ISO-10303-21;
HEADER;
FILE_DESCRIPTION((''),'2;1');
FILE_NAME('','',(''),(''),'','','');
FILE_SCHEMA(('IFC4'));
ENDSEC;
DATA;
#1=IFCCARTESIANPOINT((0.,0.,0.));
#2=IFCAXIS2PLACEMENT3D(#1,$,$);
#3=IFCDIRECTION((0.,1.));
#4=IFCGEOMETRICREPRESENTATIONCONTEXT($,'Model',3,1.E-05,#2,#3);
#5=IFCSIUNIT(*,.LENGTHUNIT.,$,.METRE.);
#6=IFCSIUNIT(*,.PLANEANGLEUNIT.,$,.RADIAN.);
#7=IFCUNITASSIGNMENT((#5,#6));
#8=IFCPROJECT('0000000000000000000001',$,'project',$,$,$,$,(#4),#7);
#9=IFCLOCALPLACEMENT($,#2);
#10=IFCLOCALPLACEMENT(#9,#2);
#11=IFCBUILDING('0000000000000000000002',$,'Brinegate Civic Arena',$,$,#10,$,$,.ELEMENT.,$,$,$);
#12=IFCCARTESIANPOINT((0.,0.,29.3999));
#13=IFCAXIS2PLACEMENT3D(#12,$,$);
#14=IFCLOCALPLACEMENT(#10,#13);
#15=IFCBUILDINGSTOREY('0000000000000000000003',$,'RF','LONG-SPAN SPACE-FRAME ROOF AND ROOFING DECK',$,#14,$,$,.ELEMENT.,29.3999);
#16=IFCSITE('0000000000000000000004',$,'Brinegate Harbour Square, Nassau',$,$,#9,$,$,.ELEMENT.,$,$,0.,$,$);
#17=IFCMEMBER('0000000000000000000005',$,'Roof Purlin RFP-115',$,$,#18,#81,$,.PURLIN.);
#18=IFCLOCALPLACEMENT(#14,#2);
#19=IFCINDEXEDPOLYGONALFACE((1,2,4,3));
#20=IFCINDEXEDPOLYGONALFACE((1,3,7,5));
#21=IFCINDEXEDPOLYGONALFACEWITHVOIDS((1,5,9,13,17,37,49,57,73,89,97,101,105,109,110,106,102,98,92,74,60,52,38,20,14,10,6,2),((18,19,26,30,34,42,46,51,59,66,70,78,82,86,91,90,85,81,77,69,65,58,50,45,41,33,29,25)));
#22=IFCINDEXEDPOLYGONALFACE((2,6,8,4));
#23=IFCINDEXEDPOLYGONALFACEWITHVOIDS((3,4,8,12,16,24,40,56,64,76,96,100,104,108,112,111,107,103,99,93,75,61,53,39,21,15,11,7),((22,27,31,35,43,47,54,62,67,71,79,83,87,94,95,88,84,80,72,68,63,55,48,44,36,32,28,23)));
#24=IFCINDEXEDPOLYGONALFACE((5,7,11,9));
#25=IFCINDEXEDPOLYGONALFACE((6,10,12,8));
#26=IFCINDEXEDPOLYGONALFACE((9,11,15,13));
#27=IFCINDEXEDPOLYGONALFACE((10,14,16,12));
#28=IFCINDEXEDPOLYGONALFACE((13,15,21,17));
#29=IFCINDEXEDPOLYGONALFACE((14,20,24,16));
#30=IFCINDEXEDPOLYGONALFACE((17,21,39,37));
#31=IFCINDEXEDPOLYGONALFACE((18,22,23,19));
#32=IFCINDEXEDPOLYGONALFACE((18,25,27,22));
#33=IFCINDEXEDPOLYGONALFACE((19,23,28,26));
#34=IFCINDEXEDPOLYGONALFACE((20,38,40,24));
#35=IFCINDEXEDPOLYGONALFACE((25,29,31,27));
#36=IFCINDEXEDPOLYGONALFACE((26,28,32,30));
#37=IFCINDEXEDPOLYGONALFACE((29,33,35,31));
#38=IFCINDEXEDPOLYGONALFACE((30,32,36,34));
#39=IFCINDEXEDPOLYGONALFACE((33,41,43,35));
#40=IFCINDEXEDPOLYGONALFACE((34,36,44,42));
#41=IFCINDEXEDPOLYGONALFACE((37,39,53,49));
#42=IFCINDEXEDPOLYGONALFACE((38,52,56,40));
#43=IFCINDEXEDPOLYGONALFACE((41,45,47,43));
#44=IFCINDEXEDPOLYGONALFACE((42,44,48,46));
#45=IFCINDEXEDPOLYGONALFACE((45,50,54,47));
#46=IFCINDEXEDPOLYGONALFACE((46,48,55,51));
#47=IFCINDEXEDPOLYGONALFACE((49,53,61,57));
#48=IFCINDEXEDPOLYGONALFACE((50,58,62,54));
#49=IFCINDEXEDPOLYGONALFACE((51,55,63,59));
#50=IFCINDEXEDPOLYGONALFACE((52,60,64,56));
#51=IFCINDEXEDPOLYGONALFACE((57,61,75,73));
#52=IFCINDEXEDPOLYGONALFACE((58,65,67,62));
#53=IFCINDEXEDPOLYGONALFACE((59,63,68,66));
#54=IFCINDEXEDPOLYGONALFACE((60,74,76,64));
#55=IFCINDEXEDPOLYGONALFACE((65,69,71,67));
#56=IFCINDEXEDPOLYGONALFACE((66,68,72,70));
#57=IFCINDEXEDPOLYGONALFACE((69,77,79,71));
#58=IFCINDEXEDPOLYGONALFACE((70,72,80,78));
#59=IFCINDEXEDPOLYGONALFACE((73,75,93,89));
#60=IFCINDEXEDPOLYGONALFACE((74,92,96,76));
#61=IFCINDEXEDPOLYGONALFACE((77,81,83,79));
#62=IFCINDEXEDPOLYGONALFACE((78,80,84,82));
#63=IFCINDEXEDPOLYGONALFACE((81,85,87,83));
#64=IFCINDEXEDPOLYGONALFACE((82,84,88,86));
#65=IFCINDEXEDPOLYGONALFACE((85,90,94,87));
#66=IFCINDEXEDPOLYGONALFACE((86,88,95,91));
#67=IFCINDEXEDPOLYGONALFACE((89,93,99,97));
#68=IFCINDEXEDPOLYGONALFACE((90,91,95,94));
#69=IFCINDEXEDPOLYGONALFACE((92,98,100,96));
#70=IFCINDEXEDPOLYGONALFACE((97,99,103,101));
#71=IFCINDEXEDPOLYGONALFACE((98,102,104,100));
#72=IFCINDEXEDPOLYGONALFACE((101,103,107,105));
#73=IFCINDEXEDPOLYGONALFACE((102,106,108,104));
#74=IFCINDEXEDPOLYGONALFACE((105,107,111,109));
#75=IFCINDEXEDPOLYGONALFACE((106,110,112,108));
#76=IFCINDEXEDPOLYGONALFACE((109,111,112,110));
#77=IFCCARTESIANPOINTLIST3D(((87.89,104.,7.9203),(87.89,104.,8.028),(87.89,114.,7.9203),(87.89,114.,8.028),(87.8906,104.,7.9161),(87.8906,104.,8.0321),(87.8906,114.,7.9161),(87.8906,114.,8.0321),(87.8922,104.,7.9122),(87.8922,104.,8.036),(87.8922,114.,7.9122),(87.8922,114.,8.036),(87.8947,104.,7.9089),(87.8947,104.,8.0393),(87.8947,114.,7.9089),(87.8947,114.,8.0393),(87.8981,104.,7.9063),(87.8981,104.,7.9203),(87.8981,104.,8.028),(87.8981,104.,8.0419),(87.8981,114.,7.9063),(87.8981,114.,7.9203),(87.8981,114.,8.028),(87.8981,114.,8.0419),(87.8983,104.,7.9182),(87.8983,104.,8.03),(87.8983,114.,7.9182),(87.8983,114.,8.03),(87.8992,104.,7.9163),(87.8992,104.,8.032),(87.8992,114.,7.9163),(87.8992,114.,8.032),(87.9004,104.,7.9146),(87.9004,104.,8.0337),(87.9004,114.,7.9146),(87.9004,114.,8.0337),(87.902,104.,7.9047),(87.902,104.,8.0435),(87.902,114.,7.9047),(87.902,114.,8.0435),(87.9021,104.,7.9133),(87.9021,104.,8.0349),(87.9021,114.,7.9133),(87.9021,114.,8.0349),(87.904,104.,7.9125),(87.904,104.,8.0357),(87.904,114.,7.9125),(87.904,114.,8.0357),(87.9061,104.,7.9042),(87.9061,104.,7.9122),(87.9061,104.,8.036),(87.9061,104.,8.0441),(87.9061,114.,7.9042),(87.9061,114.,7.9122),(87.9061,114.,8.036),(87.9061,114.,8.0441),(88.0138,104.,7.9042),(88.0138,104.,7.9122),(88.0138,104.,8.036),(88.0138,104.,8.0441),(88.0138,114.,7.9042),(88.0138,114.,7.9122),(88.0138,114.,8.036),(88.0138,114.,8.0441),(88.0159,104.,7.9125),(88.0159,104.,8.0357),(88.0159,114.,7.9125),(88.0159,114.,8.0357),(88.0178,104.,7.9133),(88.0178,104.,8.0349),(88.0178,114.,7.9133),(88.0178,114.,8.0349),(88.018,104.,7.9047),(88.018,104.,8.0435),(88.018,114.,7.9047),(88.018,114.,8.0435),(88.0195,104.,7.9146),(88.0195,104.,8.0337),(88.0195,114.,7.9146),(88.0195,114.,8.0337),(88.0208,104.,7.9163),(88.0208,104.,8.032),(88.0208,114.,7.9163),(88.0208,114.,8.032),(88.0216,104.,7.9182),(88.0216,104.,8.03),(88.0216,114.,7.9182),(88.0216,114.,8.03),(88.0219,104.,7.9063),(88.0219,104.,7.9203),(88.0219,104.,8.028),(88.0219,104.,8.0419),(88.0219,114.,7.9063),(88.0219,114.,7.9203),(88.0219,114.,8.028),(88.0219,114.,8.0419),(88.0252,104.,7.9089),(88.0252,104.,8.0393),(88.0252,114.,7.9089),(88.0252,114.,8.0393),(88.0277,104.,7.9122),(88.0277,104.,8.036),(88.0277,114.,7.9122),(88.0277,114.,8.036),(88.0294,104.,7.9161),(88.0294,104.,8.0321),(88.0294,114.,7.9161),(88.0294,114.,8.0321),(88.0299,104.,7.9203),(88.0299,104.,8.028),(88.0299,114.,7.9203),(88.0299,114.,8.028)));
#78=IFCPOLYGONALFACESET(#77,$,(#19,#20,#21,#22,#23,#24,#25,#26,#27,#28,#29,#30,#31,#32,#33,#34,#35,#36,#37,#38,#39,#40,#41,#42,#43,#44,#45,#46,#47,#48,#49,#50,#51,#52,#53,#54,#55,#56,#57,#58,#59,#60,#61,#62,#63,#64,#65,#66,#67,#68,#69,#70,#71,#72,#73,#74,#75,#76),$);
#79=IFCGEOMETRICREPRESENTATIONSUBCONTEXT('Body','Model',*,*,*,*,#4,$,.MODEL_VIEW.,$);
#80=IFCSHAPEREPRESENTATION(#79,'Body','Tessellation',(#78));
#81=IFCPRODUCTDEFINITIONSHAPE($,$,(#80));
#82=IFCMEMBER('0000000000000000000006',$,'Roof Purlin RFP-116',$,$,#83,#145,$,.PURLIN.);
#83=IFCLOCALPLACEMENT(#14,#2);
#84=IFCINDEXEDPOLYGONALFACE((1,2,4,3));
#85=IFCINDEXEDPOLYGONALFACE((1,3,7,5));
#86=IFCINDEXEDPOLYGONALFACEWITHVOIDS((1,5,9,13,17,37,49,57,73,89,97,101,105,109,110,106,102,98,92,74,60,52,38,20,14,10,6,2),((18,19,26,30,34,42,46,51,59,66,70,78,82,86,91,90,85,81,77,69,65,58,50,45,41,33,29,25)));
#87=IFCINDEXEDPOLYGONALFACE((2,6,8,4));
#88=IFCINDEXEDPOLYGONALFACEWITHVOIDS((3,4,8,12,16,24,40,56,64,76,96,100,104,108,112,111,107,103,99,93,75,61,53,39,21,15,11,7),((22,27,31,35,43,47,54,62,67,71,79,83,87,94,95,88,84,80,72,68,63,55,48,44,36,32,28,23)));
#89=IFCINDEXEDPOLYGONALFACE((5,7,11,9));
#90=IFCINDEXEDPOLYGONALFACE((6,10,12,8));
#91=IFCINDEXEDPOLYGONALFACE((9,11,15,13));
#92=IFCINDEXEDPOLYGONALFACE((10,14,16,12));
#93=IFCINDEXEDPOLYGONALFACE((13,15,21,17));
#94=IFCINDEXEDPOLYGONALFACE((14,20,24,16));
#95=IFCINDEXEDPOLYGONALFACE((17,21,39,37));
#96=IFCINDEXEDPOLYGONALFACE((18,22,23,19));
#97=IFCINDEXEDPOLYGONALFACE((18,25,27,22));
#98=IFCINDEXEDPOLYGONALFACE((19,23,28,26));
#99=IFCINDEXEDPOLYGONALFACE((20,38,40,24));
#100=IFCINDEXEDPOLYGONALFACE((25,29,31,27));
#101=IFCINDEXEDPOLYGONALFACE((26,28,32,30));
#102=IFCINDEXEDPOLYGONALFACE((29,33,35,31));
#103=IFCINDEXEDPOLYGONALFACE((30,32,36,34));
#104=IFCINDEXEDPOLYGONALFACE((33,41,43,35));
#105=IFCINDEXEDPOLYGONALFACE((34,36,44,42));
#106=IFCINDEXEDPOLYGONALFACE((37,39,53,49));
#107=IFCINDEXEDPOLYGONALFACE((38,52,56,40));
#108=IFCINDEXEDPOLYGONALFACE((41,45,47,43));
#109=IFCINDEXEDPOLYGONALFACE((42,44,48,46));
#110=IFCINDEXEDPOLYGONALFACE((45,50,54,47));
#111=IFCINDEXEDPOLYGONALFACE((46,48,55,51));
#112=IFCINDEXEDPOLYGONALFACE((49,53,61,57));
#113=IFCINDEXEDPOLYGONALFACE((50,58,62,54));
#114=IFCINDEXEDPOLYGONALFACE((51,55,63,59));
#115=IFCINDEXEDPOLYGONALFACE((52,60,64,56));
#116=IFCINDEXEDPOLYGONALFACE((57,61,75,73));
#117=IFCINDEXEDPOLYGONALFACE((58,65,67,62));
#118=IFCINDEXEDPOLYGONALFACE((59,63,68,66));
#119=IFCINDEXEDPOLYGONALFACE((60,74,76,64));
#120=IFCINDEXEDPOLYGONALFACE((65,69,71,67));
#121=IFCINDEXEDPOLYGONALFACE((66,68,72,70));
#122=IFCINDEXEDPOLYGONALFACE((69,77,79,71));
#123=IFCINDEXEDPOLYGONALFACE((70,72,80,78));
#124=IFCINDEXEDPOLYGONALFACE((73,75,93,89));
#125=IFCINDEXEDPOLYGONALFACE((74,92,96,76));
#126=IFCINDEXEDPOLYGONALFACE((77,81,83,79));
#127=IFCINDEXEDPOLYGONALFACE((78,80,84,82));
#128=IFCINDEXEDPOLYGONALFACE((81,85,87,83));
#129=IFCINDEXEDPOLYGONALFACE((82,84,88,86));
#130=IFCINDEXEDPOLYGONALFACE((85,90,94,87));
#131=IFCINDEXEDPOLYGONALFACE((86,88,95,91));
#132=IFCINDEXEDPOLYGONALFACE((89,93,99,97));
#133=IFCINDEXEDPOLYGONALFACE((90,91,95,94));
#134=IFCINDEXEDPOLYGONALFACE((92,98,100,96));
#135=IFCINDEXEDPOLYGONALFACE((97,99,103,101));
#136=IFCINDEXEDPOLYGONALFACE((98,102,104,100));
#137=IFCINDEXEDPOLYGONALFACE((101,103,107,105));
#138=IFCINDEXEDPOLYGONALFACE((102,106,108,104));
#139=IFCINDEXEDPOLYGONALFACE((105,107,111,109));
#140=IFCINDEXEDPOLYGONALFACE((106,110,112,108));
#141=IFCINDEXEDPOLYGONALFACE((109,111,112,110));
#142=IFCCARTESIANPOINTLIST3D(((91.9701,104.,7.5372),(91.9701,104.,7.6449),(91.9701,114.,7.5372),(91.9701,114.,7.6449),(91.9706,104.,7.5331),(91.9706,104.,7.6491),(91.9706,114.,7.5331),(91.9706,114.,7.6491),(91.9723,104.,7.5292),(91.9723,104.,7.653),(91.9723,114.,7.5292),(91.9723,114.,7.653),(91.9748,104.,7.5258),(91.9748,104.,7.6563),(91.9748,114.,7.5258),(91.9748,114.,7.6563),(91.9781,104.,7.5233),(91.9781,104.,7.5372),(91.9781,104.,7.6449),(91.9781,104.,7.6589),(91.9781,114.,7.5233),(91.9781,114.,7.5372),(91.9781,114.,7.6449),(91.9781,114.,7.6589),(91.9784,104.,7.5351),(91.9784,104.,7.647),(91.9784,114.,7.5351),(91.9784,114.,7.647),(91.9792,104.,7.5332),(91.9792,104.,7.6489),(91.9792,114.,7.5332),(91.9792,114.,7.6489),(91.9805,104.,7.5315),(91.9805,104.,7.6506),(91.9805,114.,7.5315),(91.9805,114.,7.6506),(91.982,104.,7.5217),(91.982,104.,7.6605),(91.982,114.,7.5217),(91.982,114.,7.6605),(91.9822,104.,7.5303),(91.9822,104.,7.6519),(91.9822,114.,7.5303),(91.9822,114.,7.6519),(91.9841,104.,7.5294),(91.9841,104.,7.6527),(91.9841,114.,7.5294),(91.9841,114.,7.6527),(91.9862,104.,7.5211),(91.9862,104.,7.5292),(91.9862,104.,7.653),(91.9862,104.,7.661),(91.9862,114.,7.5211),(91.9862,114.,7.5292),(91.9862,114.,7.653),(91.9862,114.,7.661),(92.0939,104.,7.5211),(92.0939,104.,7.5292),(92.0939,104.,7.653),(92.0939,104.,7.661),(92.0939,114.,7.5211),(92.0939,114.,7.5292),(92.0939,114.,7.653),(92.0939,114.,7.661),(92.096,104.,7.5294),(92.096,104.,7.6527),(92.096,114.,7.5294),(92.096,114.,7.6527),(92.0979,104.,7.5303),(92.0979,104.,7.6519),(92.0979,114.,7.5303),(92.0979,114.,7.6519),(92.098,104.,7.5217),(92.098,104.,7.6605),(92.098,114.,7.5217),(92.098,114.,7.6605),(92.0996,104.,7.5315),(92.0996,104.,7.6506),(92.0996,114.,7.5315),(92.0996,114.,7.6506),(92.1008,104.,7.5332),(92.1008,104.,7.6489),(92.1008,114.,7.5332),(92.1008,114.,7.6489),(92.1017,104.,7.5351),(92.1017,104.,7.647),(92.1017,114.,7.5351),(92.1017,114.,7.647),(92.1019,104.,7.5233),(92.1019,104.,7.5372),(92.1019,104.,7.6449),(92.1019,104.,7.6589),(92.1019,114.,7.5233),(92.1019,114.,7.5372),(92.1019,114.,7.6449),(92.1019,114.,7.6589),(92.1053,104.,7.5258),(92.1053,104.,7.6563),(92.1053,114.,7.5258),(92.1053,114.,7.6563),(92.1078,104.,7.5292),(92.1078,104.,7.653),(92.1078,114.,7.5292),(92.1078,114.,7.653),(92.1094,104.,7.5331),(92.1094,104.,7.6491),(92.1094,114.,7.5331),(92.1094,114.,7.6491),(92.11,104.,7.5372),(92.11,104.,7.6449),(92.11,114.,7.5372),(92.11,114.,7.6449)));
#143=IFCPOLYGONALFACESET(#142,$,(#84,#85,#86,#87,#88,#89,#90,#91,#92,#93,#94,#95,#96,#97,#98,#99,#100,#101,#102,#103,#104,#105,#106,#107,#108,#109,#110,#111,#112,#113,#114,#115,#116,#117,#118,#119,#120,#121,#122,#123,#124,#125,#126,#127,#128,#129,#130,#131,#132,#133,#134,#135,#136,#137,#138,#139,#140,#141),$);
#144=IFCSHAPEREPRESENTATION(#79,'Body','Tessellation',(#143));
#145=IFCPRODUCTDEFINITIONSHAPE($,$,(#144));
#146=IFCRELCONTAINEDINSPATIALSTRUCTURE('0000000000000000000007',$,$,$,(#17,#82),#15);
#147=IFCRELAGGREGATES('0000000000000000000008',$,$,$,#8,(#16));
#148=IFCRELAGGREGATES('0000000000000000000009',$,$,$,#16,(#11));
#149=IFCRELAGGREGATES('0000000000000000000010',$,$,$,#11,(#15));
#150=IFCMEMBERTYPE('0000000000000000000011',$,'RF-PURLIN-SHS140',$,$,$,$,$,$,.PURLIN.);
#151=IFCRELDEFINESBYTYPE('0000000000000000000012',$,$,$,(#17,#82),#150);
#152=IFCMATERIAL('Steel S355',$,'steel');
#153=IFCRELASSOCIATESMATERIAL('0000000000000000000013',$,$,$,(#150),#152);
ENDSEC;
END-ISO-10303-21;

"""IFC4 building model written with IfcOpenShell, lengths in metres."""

from ifc_helpers import new_model, si_unit, direction, frame, origin, origin_2d, place, context, subcontext, project, spatial, hollow_rectangle, extrude, material, material_profile, profile_set, type_object, element, save


model = new_model("IFC4")

# Units and contexts
model_context = context("Model", 3, precision=1e-05, world=origin(), true_north=direction((0.0, 1.0)))
body_context = subcontext(model_context, "Body", "Model", "MODEL_VIEW")
ifc_project = project(units=[si_unit("LENGTHUNIT", "METRE"), si_unit("PLANEANGLEUNIT", "RADIAN")], contexts=[model_context])

# Site, building, storey
site_placement = place(None, origin())
site = spatial("IfcSite", under=ifc_project, at=site_placement, Name="Brinegate Harbour Square, Nassau", CompositionType="ELEMENT", RefElevation=0.0)
building_placement = place(site_placement, origin())
building = spatial("IfcBuilding", under=site, at=building_placement, Name="Brinegate Civic Arena", CompositionType="ELEMENT")
storey_placement = place(building_placement, frame((0.0, 0.0, 29.3999)))
storey = spatial("IfcBuildingStorey", under=building, at=storey_placement, Name="RF", Description="LONG-SPAN SPACE-FRAME ROOF AND ROOFING DECK", CompositionType="ELEMENT", Elevation=29.3999)

# Members
ifc_material = material(Name="Steel S355", Category="steel")
ifc_material_profile_1 = material_profile(ifc_material, hollow_rectangle(XDim=0.1399, YDim=0.1399, WallThickness=0.0081, InnerFilletRadius=0.0081, OuterFilletRadius=0.0161, at=origin_2d()), Name="SHS140X8")
ifc_profile_set_1 = profile_set([ifc_material_profile_1], Name="Steel S355")
member_type_1 = type_object("IfcMemberType", Name="RF-PURLIN-SHS140", PredefinedType="PURLIN", material=ifc_profile_set_1)
for number, where, z_axis, x_axis, name in (
    (1, (87.96, 104.0, 7.9741), (0.0, 1.0, 0.0), (-1.0, 0.0, 0.0), "Roof Purlin RFP-115"),
    (2, (92.04, 104.0, 7.5911), (0.0, 1.0, 0.0), (-1.0, 0.0, 0.0), "Roof Purlin RFP-116"),
):
    element("IfcMember", number, at=place(storey_placement, frame(where, z_axis=z_axis, x_axis=x_axis)), inside=storey, type_object=member_type_1, Name=name, PredefinedType="PURLIN", context=body_context, shape_type="SweptSolid", body=[
        extrude(hollow_rectangle(XDim=0.1399, YDim=0.1399, WallThickness=0.0081, InnerFilletRadius=0.0081, OuterFilletRadius=0.0161, at=origin_2d()), origin(), (0.0, 0.0, 1.0), 10.0),
    ])

save(model, "model.ifc")
